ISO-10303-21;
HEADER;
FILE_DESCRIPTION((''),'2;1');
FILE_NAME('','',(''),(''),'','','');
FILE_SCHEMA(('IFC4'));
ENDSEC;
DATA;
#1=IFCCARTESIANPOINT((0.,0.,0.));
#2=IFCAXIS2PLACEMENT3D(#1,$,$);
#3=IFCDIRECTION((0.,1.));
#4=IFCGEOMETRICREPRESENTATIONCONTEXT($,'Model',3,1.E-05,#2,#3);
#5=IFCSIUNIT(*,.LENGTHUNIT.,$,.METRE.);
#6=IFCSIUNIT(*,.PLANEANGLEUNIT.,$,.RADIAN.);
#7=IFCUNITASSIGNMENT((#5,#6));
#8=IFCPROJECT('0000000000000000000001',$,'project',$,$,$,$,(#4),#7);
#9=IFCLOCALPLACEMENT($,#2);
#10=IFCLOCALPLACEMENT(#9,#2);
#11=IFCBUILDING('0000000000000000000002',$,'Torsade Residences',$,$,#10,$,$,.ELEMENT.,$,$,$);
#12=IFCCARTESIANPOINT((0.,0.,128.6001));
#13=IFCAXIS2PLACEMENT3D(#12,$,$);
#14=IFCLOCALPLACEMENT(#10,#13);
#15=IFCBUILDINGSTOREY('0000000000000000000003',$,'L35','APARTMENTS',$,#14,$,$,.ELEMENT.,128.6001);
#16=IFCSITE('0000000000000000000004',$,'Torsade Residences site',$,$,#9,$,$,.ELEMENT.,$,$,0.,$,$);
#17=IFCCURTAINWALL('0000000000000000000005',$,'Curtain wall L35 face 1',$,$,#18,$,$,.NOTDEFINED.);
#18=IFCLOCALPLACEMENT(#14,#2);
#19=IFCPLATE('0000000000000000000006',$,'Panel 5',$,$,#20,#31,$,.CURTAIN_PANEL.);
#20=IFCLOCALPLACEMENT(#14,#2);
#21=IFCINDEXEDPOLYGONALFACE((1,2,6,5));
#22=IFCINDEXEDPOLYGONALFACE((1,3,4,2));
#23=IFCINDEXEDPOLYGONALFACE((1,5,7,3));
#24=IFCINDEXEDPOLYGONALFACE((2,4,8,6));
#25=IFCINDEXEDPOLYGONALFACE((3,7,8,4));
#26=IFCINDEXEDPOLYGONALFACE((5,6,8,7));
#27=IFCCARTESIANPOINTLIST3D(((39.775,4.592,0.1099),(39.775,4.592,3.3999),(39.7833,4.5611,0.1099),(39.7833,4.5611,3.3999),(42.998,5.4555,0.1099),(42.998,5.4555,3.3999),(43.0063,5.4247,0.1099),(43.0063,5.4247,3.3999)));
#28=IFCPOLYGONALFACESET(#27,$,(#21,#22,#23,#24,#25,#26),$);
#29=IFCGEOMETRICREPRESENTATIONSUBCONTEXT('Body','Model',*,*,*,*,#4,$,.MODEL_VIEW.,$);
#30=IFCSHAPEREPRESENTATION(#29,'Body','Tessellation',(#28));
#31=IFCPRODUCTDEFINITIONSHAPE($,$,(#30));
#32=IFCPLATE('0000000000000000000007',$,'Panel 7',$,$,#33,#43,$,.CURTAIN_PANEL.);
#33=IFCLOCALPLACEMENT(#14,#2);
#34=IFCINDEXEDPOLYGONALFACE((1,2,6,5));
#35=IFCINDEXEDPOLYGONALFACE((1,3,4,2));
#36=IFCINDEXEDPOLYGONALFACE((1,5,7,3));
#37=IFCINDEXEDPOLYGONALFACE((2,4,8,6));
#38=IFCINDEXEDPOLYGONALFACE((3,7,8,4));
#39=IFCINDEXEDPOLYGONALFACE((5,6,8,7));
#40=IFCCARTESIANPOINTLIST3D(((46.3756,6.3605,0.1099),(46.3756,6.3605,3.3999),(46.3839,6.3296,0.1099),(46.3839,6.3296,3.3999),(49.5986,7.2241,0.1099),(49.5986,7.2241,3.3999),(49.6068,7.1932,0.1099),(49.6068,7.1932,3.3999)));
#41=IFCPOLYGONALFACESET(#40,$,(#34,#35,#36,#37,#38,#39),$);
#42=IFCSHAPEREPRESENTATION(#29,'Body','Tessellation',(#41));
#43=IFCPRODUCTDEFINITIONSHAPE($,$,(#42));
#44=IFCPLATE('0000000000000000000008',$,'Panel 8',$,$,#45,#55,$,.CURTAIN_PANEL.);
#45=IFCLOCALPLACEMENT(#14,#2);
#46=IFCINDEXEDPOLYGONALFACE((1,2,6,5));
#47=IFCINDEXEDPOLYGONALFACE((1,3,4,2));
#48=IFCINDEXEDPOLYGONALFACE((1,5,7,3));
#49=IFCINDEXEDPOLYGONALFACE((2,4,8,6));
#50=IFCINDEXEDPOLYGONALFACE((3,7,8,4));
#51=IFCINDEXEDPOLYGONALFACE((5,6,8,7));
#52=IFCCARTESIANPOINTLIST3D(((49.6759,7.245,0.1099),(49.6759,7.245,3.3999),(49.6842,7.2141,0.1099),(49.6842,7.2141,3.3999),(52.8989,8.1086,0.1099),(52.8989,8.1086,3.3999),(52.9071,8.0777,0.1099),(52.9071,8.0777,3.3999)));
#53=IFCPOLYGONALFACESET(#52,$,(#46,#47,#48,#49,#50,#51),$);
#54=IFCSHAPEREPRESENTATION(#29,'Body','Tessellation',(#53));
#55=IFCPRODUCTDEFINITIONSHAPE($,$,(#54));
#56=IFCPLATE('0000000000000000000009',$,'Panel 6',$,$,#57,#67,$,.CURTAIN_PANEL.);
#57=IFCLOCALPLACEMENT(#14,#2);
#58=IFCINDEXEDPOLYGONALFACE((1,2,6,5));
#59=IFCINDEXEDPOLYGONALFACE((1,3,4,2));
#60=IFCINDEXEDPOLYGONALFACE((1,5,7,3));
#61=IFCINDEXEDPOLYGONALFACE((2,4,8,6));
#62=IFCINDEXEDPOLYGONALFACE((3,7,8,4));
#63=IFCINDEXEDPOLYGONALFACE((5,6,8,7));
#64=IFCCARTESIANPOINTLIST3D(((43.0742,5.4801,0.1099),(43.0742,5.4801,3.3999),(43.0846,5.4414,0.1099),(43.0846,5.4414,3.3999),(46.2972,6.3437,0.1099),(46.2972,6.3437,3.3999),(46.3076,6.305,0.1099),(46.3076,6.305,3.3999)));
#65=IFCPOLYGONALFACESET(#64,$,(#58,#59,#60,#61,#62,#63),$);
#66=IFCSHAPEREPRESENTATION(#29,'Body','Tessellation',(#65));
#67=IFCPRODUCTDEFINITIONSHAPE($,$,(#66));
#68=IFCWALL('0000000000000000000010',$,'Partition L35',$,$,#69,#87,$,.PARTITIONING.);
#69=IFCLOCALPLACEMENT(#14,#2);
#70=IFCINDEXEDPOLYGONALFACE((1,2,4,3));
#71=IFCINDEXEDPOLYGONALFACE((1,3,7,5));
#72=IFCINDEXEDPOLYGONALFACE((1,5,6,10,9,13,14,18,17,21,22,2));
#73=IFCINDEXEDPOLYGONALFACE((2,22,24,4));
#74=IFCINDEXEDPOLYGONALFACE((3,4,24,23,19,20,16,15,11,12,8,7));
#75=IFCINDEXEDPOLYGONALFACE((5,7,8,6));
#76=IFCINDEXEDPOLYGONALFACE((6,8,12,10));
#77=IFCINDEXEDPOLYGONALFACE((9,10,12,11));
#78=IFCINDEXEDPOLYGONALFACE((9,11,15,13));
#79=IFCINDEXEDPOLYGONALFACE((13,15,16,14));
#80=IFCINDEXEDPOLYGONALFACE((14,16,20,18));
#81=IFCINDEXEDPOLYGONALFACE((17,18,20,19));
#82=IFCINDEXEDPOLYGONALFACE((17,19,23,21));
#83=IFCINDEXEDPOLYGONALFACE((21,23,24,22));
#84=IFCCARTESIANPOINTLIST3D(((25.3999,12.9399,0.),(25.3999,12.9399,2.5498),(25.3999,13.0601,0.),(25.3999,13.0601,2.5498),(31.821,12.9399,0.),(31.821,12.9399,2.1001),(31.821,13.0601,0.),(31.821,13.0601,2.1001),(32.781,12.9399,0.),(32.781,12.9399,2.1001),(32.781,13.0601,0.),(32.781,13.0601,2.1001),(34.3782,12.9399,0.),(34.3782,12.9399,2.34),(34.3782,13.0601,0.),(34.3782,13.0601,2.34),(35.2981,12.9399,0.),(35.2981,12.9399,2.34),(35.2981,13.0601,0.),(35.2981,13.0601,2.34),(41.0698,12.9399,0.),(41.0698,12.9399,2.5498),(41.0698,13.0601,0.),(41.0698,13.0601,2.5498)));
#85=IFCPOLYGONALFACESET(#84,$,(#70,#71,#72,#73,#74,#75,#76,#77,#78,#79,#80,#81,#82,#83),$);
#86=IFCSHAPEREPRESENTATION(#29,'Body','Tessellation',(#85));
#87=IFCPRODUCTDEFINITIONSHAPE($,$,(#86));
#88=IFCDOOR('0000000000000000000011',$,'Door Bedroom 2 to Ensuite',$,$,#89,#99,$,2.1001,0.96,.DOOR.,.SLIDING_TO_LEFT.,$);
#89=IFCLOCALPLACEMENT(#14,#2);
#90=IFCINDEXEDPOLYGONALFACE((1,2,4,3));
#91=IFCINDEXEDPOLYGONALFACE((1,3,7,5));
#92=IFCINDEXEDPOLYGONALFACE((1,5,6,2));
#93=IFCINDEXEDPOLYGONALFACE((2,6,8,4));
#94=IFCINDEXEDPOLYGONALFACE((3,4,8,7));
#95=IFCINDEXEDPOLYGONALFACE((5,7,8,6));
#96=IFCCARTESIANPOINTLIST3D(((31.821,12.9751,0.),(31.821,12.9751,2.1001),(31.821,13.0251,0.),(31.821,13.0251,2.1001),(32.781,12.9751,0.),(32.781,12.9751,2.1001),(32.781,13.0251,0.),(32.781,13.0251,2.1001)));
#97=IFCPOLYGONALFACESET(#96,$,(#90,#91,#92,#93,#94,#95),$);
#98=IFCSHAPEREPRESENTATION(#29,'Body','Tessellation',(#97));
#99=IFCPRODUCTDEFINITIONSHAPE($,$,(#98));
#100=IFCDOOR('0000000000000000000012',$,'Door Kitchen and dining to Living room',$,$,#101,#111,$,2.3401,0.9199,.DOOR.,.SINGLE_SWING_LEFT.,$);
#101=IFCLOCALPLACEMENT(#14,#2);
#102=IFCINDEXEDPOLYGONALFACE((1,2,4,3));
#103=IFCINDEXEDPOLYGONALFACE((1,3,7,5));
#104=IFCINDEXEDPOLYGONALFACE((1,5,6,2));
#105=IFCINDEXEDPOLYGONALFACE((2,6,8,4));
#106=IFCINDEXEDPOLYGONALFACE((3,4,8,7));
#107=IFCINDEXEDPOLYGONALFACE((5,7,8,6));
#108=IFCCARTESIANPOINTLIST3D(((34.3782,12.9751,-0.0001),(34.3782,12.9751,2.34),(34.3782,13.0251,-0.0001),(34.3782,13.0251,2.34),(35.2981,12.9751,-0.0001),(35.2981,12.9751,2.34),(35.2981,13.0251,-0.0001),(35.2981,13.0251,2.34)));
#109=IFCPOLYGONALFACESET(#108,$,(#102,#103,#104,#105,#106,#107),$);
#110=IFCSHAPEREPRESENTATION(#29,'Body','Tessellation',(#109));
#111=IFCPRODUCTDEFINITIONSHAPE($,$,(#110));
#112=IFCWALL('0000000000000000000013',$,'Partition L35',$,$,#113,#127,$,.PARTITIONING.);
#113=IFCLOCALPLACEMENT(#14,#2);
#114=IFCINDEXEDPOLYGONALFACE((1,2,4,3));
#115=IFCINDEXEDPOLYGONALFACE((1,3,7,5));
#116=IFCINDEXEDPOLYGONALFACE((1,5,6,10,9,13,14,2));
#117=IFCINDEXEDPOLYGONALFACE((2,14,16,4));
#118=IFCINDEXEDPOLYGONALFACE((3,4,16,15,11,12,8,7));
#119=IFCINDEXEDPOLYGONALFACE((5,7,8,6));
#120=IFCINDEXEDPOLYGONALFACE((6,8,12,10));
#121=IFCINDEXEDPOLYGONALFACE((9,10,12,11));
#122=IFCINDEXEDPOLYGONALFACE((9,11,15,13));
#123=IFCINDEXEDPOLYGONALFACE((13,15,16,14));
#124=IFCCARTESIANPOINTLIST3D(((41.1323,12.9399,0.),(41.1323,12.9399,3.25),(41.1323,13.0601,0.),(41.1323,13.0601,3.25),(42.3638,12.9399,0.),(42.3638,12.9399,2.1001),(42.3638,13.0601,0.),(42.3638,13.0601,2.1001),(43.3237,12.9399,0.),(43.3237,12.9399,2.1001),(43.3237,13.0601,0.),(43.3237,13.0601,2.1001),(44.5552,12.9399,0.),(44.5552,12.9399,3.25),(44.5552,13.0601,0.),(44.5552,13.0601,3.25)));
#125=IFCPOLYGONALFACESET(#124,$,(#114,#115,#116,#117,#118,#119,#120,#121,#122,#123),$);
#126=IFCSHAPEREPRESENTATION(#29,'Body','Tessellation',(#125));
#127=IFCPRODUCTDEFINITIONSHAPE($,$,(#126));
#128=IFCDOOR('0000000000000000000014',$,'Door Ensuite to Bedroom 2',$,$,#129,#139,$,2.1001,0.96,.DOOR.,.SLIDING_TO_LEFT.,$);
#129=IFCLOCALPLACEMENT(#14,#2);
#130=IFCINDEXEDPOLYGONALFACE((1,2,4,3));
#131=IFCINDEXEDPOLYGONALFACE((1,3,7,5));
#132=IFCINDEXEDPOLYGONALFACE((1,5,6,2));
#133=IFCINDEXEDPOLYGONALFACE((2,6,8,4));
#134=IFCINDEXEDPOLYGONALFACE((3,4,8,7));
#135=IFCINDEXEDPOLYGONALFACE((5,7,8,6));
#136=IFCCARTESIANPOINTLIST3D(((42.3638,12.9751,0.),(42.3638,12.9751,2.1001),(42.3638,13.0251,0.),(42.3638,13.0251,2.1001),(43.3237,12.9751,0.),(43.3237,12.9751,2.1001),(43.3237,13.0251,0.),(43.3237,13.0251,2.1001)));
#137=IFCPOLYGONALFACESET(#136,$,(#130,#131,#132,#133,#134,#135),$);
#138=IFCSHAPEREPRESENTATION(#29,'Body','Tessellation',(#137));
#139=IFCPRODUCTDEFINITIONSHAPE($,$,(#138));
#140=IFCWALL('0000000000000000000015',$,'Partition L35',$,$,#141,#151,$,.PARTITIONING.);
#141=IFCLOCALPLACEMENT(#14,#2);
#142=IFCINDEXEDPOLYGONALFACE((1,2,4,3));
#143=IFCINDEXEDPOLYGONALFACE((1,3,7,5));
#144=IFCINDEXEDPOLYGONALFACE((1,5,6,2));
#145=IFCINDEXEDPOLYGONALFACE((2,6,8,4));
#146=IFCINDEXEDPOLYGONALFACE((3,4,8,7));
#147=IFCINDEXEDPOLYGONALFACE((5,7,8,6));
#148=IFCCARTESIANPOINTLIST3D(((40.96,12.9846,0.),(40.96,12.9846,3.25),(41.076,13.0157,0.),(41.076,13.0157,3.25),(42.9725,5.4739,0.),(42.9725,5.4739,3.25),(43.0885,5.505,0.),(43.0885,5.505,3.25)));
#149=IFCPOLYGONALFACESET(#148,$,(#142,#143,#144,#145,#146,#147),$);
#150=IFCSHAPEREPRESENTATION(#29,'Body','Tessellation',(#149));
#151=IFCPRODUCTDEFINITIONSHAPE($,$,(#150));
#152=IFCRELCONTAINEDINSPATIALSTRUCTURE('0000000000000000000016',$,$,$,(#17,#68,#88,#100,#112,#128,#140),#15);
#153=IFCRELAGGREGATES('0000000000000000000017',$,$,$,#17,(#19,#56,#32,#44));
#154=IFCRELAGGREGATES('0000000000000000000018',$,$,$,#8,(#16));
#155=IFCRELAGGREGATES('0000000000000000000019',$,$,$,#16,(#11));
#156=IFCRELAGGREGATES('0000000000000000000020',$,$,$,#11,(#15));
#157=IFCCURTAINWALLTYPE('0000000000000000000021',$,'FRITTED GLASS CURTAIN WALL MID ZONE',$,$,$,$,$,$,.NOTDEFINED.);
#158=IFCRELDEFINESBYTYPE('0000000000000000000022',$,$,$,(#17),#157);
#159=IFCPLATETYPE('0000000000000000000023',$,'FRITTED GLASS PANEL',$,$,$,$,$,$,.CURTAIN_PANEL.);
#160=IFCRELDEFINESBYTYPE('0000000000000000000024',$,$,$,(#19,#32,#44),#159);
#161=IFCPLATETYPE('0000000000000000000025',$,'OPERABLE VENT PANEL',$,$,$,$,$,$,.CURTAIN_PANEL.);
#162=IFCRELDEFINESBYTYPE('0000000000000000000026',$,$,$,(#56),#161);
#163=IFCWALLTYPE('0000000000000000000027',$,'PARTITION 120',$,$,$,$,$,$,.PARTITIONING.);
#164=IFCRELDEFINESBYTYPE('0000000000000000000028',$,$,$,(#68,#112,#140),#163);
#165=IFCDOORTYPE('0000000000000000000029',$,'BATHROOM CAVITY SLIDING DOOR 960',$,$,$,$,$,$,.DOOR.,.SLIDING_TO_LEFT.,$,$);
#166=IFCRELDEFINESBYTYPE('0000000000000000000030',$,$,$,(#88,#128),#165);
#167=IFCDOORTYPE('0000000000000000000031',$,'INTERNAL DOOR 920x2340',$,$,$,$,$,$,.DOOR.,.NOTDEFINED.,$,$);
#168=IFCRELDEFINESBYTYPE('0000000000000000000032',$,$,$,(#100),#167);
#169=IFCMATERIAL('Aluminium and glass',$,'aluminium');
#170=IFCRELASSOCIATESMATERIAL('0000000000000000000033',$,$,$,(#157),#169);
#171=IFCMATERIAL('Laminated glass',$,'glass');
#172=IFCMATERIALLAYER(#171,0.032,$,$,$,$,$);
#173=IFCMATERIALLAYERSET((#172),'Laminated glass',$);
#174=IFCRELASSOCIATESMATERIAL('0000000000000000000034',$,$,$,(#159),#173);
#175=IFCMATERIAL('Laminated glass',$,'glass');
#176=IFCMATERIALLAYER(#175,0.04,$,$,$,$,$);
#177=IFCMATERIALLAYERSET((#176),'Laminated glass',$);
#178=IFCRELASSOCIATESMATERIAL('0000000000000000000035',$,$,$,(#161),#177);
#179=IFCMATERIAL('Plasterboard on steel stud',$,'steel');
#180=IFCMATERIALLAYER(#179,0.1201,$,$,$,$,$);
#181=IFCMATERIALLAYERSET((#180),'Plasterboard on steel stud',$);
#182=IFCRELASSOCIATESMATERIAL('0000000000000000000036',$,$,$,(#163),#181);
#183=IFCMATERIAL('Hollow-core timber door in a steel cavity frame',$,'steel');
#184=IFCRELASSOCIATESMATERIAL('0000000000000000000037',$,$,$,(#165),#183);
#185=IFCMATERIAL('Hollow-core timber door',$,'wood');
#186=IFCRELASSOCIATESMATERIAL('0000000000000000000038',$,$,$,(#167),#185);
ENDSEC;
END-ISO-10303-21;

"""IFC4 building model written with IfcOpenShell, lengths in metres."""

from ifc_helpers import new_model, si_unit, direction, frame, frame_2d, origin, origin_2d, place, context, subcontext, project, spatial, rectangle, extrude, material, layer, layer_set, type_object, element, fill, aggregate, save


model = new_model("IFC4")

# Units and contexts
model_context = context("Model", 3, precision=1e-05, world=origin(), true_north=direction((0.0, 1.0)))
body_context = subcontext(model_context, "Body", "Model", "MODEL_VIEW")
ifc_project = project(units=[si_unit("LENGTHUNIT", "METRE"), si_unit("PLANEANGLEUNIT", "RADIAN")], contexts=[model_context])

# Site, building, storey
site_placement = place(None, origin())
site = spatial("IfcSite", under=ifc_project, at=site_placement, Name="Torsade Residences site", CompositionType="ELEMENT", RefElevation=0.0)
building_placement = place(site_placement, origin())
building = spatial("IfcBuilding", under=site, at=building_placement, Name="Torsade Residences", CompositionType="ELEMENT")
storey_placement = place(building_placement, frame((0.0, 0.0, 128.6001)))
storey = spatial("IfcBuildingStorey", under=building, at=storey_placement, Name="L35", Description="APARTMENTS", CompositionType="ELEMENT", Elevation=128.6001)

# Curtain wall
ifc_material_1 = material(Name="Aluminium and glass", Category="aluminium")
curtain_wall_type = type_object("IfcCurtainWallType", Name="FRITTED GLASS CURTAIN WALL MID ZONE", PredefinedType="NOTDEFINED", material=ifc_material_1)
curtain_wall_placement = place(storey_placement, origin())
curtain_wall = element("IfcCurtainWall", 1, at=curtain_wall_placement, inside=storey, type_object=curtain_wall_type, Name="Curtain wall L35 face 1", PredefinedType="NOTDEFINED")

# Plates
ifc_material_2 = material(Name="Laminated glass", Category="glass")
ifc_layer_1 = layer(ifc_material_2, 0.032)
ifc_layer_set_1 = layer_set([ifc_layer_1], Name="Laminated glass")
plate_type_1 = type_object("IfcPlateType", Name="FRITTED GLASS PANEL", PredefinedType="CURTAIN_PANEL", material=ifc_layer_set_1)
plate_1_placement = place(storey_placement, frame((41.3906, 5.0083, 0.1099), z_axis=(0.0, 0.0, 1.0), x_axis=(0.965926, 0.258819, 0.0)))
plate_1 = element("IfcPlate", 2, at=plate_1_placement, type_object=plate_type_1, Name="Panel 5", PredefinedType="CURTAIN_PANEL", context=body_context, shape_type="SweptSolid", body=[
    extrude(rectangle(XDim=3.3367, YDim=0.032, at=origin_2d()), origin(), (0.0, 0.0, 1.0), 3.29),
])
plate_2_placement = place(storey_placement, frame((47.9912, 6.7769, 0.1099), z_axis=(0.0, 0.0, 1.0), x_axis=(0.965926, 0.258819, 0.0)))
plate_2 = element("IfcPlate", 3, at=plate_2_placement, type_object=plate_type_1, Name="Panel 7", PredefinedType="CURTAIN_PANEL", context=body_context, shape_type="SweptSolid", body=[
    extrude(rectangle(XDim=3.3367, YDim=0.032, at=origin_2d()), origin(), (0.0, 0.0, 1.0), 3.29),
])
plate_3_placement = place(storey_placement, frame((51.2915, 7.6614, 0.1099), z_axis=(0.0, 0.0, 1.0), x_axis=(0.965926, 0.258819, 0.0)))
plate_3 = element("IfcPlate", 4, at=plate_3_placement, type_object=plate_type_1, Name="Panel 8", PredefinedType="CURTAIN_PANEL", context=body_context, shape_type="SweptSolid", body=[
    extrude(rectangle(XDim=3.3367, YDim=0.032, at=origin_2d()), origin(), (0.0, 0.0, 1.0), 3.29),
])
ifc_material_3 = material(Name="Laminated glass", Category="glass")
ifc_layer_2 = layer(ifc_material_3, 0.04)
ifc_layer_set_2 = layer_set([ifc_layer_2], Name="Laminated glass")
plate_type_2 = type_object("IfcPlateType", Name="OPERABLE VENT PANEL", PredefinedType="CURTAIN_PANEL", material=ifc_layer_set_2)
plate_4_placement = place(storey_placement, frame((44.6909, 5.8926, 0.1099), z_axis=(0.0, 0.0, 1.0), x_axis=(0.965926, 0.258819, 0.0)))
plate_4 = element("IfcPlate", 5, at=plate_4_placement, type_object=plate_type_2, Name="Panel 6", PredefinedType="CURTAIN_PANEL", context=body_context, shape_type="SweptSolid", body=[
    extrude(rectangle(XDim=3.3367, YDim=0.04, at=origin_2d()), origin(), (0.0, 0.0, 1.0), 3.29),
])
aggregate(curtain_wall, [plate_1, plate_4, plate_2, plate_3])

# Wall, openings, doors
ifc_material_4 = material(Name="Plasterboard on steel stud", Category="steel")
ifc_layer_3 = layer(ifc_material_4, 0.1201)
ifc_layer_set_3 = layer_set([ifc_layer_3], Name="Plasterboard on steel stud")
wall_type_1 = type_object("IfcWallType", Name="PARTITION 120", PredefinedType="PARTITIONING", material=ifc_layer_set_3)
wall_1_placement = place(storey_placement, frame((41.0698, 13.0, 0.0), z_axis=(0.0, 0.0, 1.0), x_axis=(-1.0, 0.0, 0.0)))
wall_1 = element("IfcWall", 6, at=wall_1_placement, inside=storey, type_object=wall_type_1, Name="Partition L35", PredefinedType="PARTITIONING", context=body_context, shape_type="SweptSolid", body=[
    extrude(rectangle(XDim=15.6699, YDim=0.1201, at=frame_2d((7.835, 0.0))), origin(), (0.0, 0.0, 1.0), 2.5498),
])
opening_1_placement = place(wall_1_placement, frame((5.7717, 0.0, 0.0)))
opening_1 = element("IfcOpeningElement", 7, at=opening_1_placement, cuts=wall_1, PredefinedType="OPENING", context=body_context, shape_type="SweptSolid", body=[
    extrude(rectangle(XDim=0.9199, YDim=2.3401, at=frame_2d((0.46, 1.1699))), frame((0.0, 0.0701, 0.0), z_axis=(0.0, -1.0, 0.0), x_axis=(1.0, 0.0, 0.0)), (0.0, 0.0, 1.0), 0.1401),
])
opening_2_placement = place(wall_1_placement, frame((8.2888, 0.0, 0.0)))
opening_2 = element("IfcOpeningElement", 8, at=opening_2_placement, cuts=wall_1, PredefinedType="OPENING", context=body_context, shape_type="SweptSolid", body=[
    extrude(rectangle(XDim=0.96, YDim=2.1001, at=frame_2d((0.48, 1.05))), frame((0.0, 0.0701, 0.0), z_axis=(0.0, -1.0, 0.0), x_axis=(1.0, 0.0, 0.0)), (0.0, 0.0, 1.0), 0.1401),
])
ifc_material_5 = material(Name="Hollow-core timber door in a steel cavity frame", Category="steel")
door_type_1 = type_object("IfcDoorType", Name="BATHROOM CAVITY SLIDING DOOR 960", OperationType="SLIDING_TO_LEFT", PredefinedType="DOOR", material=ifc_material_5)
door_1_placement = place(opening_2_placement, origin())
door_1 = element("IfcDoor", 9, at=door_1_placement, inside=storey, type_object=door_type_1, Name="Door Bedroom 2 to Ensuite", OperationType="SLIDING_TO_LEFT", OverallHeight=2.1001, OverallWidth=0.96, PredefinedType="DOOR", context=body_context, shape_type="SweptSolid", body=[
    extrude(rectangle(XDim=0.96, YDim=2.1001, at=frame_2d((0.48, 1.05))), frame((0.0, 0.0249, 0.0), z_axis=(0.0, -1.0, 0.0), x_axis=(1.0, 0.0, 0.0)), (0.0, 0.0, 1.0), 0.05),
])
fill(opening_2, door_1)
ifc_material_6 = material(Name="Hollow-core timber door", Category="wood")
door_type_2 = type_object("IfcDoorType", Name="INTERNAL DOOR 920x2340", OperationType="NOTDEFINED", PredefinedType="DOOR", material=ifc_material_6)
door_2_placement = place(opening_1_placement, origin())
door_2 = element("IfcDoor", 10, at=door_2_placement, inside=storey, type_object=door_type_2, Name="Door Kitchen and dining to Living room", OperationType="SINGLE_SWING_LEFT", OverallHeight=2.3401, OverallWidth=0.9199, PredefinedType="DOOR", context=body_context, shape_type="SweptSolid", body=[
    extrude(rectangle(XDim=0.9199, YDim=2.3401, at=frame_2d((0.46, 1.1699))), frame((0.0, 0.0249, 0.0), z_axis=(0.0, -1.0, 0.0), x_axis=(1.0, 0.0, 0.0)), (0.0, 0.0, 1.0), 0.05),
])
fill(opening_1, door_2)

# Wall, opening, door
wall_2_placement = place(storey_placement, frame((44.5552, 13.0, 0.0), z_axis=(0.0, 0.0, 1.0), x_axis=(-1.0, 0.0, 0.0)))
wall_2 = element("IfcWall", 11, at=wall_2_placement, inside=storey, type_object=wall_type_1, Name="Partition L35", PredefinedType="PARTITIONING", context=body_context, shape_type="SweptSolid", body=[
    extrude(rectangle(XDim=3.4229, YDim=0.1201, at=frame_2d((1.7114, 0.0))), origin(), (0.0, 0.0, 1.0), 3.25),
])
opening_3_placement = place(wall_2_placement, frame((1.2314, 0.0, 0.0)))
opening_3 = element("IfcOpeningElement", 12, at=opening_3_placement, cuts=wall_2, PredefinedType="OPENING", context=body_context, shape_type="SweptSolid", body=[
    extrude(rectangle(XDim=0.96, YDim=2.1001, at=frame_2d((0.48, 1.05))), frame((0.0, 0.0701, 0.0), z_axis=(0.0, -1.0, 0.0), x_axis=(1.0, 0.0, 0.0)), (0.0, 0.0, 1.0), 0.1401),
])
door_3_placement = place(opening_3_placement, origin())
door_3 = element("IfcDoor", 13, at=door_3_placement, inside=storey, type_object=door_type_1, Name="Door Ensuite to Bedroom 2", OperationType="SLIDING_TO_LEFT", OverallHeight=2.1001, OverallWidth=0.96, PredefinedType="DOOR", context=body_context, shape_type="SweptSolid", body=[
    extrude(rectangle(XDim=0.96, YDim=2.1001, at=frame_2d((0.48, 1.05))), frame((0.0, 0.0249, 0.0), z_axis=(0.0, -1.0, 0.0), x_axis=(1.0, 0.0, 0.0)), (0.0, 0.0, 1.0), 0.05),
])
fill(opening_3, door_3)

# Wall
wall_3_placement = place(storey_placement, frame((41.0181, 13.0, 0.0), z_axis=(0.0, 0.0, 1.0), x_axis=(0.258814, -0.965927, 0.0)))
element("IfcWall", 14, at=wall_3_placement, inside=storey, type_object=wall_type_1, Name="Partition L35", PredefinedType="PARTITIONING", context=body_context, shape_type="SweptSolid", body=[
    extrude(rectangle(XDim=7.7756, YDim=0.1201, at=frame_2d((3.8877, 0.0))), origin(), (0.0, 0.0, 1.0), 3.25),
])

save(model, "model.ifc")
